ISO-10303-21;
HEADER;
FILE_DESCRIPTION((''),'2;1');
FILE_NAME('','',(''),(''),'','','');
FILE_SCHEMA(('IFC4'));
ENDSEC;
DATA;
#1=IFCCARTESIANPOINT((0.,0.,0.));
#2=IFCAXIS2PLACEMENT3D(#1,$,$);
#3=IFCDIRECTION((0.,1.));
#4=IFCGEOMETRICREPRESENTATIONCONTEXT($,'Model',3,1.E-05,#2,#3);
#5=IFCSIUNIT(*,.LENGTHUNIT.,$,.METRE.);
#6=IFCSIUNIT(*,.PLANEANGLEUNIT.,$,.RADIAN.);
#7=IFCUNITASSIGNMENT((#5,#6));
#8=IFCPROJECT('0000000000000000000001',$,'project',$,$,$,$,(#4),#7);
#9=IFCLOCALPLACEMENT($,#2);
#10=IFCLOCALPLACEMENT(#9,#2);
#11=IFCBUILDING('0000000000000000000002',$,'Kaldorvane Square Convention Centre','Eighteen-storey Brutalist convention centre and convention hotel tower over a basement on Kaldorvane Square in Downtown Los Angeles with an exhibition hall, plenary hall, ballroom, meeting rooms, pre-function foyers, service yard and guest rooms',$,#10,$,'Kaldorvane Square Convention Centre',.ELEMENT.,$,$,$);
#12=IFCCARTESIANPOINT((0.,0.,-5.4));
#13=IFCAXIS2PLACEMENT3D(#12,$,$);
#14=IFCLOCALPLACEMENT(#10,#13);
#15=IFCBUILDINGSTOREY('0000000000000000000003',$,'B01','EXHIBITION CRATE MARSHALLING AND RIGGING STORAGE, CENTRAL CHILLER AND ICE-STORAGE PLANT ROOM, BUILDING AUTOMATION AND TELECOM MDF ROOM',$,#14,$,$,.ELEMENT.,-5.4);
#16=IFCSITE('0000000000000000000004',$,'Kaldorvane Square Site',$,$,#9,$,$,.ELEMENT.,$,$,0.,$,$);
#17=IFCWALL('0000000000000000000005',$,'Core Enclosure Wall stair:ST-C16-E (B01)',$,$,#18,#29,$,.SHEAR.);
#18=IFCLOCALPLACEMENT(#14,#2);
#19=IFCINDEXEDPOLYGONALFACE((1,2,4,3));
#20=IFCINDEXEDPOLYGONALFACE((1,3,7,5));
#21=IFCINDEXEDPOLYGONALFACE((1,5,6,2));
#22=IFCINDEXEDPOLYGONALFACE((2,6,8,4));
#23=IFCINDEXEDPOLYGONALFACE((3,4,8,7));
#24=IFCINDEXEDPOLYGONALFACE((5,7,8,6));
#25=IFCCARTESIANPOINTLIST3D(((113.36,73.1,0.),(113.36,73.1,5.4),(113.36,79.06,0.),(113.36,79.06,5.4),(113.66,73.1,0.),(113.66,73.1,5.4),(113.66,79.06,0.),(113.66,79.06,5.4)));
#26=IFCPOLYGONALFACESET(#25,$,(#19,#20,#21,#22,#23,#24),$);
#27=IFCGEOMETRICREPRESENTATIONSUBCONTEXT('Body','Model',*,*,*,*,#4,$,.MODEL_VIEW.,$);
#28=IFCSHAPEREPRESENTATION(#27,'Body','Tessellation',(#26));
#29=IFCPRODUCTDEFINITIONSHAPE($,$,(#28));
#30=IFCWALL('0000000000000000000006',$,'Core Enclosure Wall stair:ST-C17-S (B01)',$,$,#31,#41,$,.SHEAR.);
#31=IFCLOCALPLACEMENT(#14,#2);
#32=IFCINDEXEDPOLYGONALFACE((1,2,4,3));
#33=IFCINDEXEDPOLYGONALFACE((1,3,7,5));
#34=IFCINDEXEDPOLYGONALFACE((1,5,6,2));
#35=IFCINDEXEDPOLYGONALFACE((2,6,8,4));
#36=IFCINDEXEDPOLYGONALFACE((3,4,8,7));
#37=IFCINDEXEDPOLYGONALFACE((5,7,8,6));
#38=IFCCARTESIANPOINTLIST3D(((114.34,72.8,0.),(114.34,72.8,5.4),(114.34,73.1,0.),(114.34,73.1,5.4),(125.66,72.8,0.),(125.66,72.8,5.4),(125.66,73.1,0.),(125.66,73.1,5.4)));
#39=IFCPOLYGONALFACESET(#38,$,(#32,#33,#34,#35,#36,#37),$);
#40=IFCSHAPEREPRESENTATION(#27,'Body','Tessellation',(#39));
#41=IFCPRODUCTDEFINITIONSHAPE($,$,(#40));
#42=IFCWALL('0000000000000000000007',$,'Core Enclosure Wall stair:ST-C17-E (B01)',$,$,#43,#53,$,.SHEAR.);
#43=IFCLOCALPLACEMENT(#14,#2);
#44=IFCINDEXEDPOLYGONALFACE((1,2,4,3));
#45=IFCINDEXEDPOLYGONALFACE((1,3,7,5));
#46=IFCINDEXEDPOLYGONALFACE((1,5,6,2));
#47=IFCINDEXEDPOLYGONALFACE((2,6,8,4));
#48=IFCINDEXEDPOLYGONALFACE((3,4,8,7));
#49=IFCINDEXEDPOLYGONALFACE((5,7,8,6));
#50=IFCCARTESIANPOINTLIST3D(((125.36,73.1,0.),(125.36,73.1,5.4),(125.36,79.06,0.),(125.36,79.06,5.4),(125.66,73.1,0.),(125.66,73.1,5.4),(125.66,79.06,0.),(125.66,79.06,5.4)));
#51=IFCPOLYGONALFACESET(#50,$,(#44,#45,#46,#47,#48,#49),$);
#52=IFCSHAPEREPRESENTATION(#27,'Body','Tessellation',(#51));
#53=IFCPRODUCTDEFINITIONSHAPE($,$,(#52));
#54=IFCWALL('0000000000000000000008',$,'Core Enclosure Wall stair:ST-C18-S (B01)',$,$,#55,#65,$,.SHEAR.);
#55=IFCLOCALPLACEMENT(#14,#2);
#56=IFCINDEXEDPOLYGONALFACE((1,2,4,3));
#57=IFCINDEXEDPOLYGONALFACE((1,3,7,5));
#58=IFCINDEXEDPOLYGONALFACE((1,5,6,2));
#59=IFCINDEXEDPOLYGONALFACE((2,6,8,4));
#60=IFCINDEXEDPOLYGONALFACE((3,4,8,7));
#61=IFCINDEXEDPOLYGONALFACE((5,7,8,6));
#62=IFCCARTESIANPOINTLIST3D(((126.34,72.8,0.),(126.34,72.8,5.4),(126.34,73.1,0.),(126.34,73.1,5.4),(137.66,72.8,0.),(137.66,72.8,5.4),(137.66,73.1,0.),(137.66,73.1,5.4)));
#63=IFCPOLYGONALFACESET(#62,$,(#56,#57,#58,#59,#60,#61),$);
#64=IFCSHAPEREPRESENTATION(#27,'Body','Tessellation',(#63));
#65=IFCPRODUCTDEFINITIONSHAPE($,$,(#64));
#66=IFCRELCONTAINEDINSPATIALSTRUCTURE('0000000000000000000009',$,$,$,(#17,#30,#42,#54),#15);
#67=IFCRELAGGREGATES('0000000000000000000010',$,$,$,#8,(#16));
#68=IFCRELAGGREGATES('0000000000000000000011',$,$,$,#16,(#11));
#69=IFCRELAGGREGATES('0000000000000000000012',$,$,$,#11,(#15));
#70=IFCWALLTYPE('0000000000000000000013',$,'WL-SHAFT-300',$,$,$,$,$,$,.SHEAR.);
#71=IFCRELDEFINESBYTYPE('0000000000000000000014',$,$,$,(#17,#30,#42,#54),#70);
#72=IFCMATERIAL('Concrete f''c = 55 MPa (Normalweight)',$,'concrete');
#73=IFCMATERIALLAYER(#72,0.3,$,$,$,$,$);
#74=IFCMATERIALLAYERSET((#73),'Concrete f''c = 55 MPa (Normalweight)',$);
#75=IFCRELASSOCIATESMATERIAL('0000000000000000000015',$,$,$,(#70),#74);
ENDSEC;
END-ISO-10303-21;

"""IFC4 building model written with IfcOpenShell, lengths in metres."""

from ifc_helpers import new_model, si_unit, direction, frame, frame_2d, origin, place, context, subcontext, project, spatial, rectangle, extrude, material, layer, layer_set, type_object, element, save


model = new_model("IFC4")

# Units and contexts
model_context = context("Model", 3, precision=1e-05, world=origin(), true_north=direction((0.0, 1.0)))
body_context = subcontext(model_context, "Body", "Model", "MODEL_VIEW")
ifc_project = project(units=[si_unit("LENGTHUNIT", "METRE"), si_unit("PLANEANGLEUNIT", "RADIAN")], contexts=[model_context])

# Site, building, storey
site_placement = place(None, origin())
site = spatial("IfcSite", under=ifc_project, at=site_placement, Name="Kaldorvane Square Site", CompositionType="ELEMENT", RefElevation=0.0)
building_placement = place(site_placement, origin())
building = spatial("IfcBuilding", under=site, at=building_placement, Name="Kaldorvane Square Convention Centre", Description="Eighteen-storey Brutalist convention centre and convention hotel tower over a basement on Kaldorvane Square in Downtown Los Angeles with an exhibition hall, plenary hall, ballroom, meeting rooms, pre-function foyers, service yard and guest rooms", LongName="Kaldorvane Square Convention Centre", CompositionType="ELEMENT")
storey_placement = place(building_placement, frame((0.0, 0.0, -5.4)))
storey = spatial("IfcBuildingStorey", under=building, at=storey_placement, Name="B01", Description="EXHIBITION CRATE MARSHALLING AND RIGGING STORAGE, CENTRAL CHILLER AND ICE-STORAGE PLANT ROOM, BUILDING AUTOMATION AND TELECOM MDF ROOM", CompositionType="ELEMENT", Elevation=-5.4)

# Shared definitions
ifc_material_1 = material(Name="Concrete f'c = 55 MPa (Normalweight)", Category="concrete")

# Walls
ifc_layer_1 = layer(ifc_material_1, 0.3)
ifc_layer_set_1 = layer_set([ifc_layer_1], Name="Concrete f'c = 55 MPa (Normalweight)")
wall_type_1 = type_object("IfcWallType", Name="WL-SHAFT-300", PredefinedType="SHEAR", material=ifc_layer_set_1)
wall_1_placement = place(storey_placement, frame((113.51, 73.1, 0.0), z_axis=(0.0, 0.0, 1.0), x_axis=(0.0, 1.0, 0.0)))
element("IfcWall", 1, at=wall_1_placement, inside=storey, type_object=wall_type_1, Name="Core Enclosure Wall stair:ST-C16-E (B01)", PredefinedType="SHEAR", context=body_context, shape_type="SweptSolid", body=[
    extrude(rectangle(XDim=5.96, YDim=0.3, at=frame_2d((2.98, 0.0))), origin(), (0.0, 0.0, 1.0), 5.4),
])
wall_2_placement = place(storey_placement, frame((114.34, 72.95, 0.0), z_axis=(0.0, 0.0, 1.0), x_axis=(1.0, 0.0, 0.0)))
element("IfcWall", 2, at=wall_2_placement, inside=storey, type_object=wall_type_1, Name="Core Enclosure Wall stair:ST-C17-S (B01)", PredefinedType="SHEAR", context=body_context, shape_type="SweptSolid", body=[
    extrude(rectangle(XDim=11.32, YDim=0.3, at=frame_2d((5.66, 0.0))), origin(), (0.0, 0.0, 1.0), 5.4),
])
wall_3_placement = place(storey_placement, frame((125.51, 73.1, 0.0), z_axis=(0.0, 0.0, 1.0), x_axis=(0.0, 1.0, 0.0)))
element("IfcWall", 3, at=wall_3_placement, inside=storey, type_object=wall_type_1, Name="Core Enclosure Wall stair:ST-C17-E (B01)", PredefinedType="SHEAR", context=body_context, shape_type="SweptSolid", body=[
    extrude(rectangle(XDim=5.96, YDim=0.3, at=frame_2d((2.98, 0.0))), origin(), (0.0, 0.0, 1.0), 5.4),
])
wall_4_placement = place(storey_placement, frame((126.34, 72.95, 0.0), z_axis=(0.0, 0.0, 1.0), x_axis=(1.0, 0.0, 0.0)))
element("IfcWall", 4, at=wall_4_placement, inside=storey, type_object=wall_type_1, Name="Core Enclosure Wall stair:ST-C18-S (B01)", PredefinedType="SHEAR", context=body_context, shape_type="SweptSolid", body=[
    extrude(rectangle(XDim=11.32, YDim=0.3, at=frame_2d((5.66, 0.0))), origin(), (0.0, 0.0, 1.0), 5.4),
])

save(model, "model.ifc")
